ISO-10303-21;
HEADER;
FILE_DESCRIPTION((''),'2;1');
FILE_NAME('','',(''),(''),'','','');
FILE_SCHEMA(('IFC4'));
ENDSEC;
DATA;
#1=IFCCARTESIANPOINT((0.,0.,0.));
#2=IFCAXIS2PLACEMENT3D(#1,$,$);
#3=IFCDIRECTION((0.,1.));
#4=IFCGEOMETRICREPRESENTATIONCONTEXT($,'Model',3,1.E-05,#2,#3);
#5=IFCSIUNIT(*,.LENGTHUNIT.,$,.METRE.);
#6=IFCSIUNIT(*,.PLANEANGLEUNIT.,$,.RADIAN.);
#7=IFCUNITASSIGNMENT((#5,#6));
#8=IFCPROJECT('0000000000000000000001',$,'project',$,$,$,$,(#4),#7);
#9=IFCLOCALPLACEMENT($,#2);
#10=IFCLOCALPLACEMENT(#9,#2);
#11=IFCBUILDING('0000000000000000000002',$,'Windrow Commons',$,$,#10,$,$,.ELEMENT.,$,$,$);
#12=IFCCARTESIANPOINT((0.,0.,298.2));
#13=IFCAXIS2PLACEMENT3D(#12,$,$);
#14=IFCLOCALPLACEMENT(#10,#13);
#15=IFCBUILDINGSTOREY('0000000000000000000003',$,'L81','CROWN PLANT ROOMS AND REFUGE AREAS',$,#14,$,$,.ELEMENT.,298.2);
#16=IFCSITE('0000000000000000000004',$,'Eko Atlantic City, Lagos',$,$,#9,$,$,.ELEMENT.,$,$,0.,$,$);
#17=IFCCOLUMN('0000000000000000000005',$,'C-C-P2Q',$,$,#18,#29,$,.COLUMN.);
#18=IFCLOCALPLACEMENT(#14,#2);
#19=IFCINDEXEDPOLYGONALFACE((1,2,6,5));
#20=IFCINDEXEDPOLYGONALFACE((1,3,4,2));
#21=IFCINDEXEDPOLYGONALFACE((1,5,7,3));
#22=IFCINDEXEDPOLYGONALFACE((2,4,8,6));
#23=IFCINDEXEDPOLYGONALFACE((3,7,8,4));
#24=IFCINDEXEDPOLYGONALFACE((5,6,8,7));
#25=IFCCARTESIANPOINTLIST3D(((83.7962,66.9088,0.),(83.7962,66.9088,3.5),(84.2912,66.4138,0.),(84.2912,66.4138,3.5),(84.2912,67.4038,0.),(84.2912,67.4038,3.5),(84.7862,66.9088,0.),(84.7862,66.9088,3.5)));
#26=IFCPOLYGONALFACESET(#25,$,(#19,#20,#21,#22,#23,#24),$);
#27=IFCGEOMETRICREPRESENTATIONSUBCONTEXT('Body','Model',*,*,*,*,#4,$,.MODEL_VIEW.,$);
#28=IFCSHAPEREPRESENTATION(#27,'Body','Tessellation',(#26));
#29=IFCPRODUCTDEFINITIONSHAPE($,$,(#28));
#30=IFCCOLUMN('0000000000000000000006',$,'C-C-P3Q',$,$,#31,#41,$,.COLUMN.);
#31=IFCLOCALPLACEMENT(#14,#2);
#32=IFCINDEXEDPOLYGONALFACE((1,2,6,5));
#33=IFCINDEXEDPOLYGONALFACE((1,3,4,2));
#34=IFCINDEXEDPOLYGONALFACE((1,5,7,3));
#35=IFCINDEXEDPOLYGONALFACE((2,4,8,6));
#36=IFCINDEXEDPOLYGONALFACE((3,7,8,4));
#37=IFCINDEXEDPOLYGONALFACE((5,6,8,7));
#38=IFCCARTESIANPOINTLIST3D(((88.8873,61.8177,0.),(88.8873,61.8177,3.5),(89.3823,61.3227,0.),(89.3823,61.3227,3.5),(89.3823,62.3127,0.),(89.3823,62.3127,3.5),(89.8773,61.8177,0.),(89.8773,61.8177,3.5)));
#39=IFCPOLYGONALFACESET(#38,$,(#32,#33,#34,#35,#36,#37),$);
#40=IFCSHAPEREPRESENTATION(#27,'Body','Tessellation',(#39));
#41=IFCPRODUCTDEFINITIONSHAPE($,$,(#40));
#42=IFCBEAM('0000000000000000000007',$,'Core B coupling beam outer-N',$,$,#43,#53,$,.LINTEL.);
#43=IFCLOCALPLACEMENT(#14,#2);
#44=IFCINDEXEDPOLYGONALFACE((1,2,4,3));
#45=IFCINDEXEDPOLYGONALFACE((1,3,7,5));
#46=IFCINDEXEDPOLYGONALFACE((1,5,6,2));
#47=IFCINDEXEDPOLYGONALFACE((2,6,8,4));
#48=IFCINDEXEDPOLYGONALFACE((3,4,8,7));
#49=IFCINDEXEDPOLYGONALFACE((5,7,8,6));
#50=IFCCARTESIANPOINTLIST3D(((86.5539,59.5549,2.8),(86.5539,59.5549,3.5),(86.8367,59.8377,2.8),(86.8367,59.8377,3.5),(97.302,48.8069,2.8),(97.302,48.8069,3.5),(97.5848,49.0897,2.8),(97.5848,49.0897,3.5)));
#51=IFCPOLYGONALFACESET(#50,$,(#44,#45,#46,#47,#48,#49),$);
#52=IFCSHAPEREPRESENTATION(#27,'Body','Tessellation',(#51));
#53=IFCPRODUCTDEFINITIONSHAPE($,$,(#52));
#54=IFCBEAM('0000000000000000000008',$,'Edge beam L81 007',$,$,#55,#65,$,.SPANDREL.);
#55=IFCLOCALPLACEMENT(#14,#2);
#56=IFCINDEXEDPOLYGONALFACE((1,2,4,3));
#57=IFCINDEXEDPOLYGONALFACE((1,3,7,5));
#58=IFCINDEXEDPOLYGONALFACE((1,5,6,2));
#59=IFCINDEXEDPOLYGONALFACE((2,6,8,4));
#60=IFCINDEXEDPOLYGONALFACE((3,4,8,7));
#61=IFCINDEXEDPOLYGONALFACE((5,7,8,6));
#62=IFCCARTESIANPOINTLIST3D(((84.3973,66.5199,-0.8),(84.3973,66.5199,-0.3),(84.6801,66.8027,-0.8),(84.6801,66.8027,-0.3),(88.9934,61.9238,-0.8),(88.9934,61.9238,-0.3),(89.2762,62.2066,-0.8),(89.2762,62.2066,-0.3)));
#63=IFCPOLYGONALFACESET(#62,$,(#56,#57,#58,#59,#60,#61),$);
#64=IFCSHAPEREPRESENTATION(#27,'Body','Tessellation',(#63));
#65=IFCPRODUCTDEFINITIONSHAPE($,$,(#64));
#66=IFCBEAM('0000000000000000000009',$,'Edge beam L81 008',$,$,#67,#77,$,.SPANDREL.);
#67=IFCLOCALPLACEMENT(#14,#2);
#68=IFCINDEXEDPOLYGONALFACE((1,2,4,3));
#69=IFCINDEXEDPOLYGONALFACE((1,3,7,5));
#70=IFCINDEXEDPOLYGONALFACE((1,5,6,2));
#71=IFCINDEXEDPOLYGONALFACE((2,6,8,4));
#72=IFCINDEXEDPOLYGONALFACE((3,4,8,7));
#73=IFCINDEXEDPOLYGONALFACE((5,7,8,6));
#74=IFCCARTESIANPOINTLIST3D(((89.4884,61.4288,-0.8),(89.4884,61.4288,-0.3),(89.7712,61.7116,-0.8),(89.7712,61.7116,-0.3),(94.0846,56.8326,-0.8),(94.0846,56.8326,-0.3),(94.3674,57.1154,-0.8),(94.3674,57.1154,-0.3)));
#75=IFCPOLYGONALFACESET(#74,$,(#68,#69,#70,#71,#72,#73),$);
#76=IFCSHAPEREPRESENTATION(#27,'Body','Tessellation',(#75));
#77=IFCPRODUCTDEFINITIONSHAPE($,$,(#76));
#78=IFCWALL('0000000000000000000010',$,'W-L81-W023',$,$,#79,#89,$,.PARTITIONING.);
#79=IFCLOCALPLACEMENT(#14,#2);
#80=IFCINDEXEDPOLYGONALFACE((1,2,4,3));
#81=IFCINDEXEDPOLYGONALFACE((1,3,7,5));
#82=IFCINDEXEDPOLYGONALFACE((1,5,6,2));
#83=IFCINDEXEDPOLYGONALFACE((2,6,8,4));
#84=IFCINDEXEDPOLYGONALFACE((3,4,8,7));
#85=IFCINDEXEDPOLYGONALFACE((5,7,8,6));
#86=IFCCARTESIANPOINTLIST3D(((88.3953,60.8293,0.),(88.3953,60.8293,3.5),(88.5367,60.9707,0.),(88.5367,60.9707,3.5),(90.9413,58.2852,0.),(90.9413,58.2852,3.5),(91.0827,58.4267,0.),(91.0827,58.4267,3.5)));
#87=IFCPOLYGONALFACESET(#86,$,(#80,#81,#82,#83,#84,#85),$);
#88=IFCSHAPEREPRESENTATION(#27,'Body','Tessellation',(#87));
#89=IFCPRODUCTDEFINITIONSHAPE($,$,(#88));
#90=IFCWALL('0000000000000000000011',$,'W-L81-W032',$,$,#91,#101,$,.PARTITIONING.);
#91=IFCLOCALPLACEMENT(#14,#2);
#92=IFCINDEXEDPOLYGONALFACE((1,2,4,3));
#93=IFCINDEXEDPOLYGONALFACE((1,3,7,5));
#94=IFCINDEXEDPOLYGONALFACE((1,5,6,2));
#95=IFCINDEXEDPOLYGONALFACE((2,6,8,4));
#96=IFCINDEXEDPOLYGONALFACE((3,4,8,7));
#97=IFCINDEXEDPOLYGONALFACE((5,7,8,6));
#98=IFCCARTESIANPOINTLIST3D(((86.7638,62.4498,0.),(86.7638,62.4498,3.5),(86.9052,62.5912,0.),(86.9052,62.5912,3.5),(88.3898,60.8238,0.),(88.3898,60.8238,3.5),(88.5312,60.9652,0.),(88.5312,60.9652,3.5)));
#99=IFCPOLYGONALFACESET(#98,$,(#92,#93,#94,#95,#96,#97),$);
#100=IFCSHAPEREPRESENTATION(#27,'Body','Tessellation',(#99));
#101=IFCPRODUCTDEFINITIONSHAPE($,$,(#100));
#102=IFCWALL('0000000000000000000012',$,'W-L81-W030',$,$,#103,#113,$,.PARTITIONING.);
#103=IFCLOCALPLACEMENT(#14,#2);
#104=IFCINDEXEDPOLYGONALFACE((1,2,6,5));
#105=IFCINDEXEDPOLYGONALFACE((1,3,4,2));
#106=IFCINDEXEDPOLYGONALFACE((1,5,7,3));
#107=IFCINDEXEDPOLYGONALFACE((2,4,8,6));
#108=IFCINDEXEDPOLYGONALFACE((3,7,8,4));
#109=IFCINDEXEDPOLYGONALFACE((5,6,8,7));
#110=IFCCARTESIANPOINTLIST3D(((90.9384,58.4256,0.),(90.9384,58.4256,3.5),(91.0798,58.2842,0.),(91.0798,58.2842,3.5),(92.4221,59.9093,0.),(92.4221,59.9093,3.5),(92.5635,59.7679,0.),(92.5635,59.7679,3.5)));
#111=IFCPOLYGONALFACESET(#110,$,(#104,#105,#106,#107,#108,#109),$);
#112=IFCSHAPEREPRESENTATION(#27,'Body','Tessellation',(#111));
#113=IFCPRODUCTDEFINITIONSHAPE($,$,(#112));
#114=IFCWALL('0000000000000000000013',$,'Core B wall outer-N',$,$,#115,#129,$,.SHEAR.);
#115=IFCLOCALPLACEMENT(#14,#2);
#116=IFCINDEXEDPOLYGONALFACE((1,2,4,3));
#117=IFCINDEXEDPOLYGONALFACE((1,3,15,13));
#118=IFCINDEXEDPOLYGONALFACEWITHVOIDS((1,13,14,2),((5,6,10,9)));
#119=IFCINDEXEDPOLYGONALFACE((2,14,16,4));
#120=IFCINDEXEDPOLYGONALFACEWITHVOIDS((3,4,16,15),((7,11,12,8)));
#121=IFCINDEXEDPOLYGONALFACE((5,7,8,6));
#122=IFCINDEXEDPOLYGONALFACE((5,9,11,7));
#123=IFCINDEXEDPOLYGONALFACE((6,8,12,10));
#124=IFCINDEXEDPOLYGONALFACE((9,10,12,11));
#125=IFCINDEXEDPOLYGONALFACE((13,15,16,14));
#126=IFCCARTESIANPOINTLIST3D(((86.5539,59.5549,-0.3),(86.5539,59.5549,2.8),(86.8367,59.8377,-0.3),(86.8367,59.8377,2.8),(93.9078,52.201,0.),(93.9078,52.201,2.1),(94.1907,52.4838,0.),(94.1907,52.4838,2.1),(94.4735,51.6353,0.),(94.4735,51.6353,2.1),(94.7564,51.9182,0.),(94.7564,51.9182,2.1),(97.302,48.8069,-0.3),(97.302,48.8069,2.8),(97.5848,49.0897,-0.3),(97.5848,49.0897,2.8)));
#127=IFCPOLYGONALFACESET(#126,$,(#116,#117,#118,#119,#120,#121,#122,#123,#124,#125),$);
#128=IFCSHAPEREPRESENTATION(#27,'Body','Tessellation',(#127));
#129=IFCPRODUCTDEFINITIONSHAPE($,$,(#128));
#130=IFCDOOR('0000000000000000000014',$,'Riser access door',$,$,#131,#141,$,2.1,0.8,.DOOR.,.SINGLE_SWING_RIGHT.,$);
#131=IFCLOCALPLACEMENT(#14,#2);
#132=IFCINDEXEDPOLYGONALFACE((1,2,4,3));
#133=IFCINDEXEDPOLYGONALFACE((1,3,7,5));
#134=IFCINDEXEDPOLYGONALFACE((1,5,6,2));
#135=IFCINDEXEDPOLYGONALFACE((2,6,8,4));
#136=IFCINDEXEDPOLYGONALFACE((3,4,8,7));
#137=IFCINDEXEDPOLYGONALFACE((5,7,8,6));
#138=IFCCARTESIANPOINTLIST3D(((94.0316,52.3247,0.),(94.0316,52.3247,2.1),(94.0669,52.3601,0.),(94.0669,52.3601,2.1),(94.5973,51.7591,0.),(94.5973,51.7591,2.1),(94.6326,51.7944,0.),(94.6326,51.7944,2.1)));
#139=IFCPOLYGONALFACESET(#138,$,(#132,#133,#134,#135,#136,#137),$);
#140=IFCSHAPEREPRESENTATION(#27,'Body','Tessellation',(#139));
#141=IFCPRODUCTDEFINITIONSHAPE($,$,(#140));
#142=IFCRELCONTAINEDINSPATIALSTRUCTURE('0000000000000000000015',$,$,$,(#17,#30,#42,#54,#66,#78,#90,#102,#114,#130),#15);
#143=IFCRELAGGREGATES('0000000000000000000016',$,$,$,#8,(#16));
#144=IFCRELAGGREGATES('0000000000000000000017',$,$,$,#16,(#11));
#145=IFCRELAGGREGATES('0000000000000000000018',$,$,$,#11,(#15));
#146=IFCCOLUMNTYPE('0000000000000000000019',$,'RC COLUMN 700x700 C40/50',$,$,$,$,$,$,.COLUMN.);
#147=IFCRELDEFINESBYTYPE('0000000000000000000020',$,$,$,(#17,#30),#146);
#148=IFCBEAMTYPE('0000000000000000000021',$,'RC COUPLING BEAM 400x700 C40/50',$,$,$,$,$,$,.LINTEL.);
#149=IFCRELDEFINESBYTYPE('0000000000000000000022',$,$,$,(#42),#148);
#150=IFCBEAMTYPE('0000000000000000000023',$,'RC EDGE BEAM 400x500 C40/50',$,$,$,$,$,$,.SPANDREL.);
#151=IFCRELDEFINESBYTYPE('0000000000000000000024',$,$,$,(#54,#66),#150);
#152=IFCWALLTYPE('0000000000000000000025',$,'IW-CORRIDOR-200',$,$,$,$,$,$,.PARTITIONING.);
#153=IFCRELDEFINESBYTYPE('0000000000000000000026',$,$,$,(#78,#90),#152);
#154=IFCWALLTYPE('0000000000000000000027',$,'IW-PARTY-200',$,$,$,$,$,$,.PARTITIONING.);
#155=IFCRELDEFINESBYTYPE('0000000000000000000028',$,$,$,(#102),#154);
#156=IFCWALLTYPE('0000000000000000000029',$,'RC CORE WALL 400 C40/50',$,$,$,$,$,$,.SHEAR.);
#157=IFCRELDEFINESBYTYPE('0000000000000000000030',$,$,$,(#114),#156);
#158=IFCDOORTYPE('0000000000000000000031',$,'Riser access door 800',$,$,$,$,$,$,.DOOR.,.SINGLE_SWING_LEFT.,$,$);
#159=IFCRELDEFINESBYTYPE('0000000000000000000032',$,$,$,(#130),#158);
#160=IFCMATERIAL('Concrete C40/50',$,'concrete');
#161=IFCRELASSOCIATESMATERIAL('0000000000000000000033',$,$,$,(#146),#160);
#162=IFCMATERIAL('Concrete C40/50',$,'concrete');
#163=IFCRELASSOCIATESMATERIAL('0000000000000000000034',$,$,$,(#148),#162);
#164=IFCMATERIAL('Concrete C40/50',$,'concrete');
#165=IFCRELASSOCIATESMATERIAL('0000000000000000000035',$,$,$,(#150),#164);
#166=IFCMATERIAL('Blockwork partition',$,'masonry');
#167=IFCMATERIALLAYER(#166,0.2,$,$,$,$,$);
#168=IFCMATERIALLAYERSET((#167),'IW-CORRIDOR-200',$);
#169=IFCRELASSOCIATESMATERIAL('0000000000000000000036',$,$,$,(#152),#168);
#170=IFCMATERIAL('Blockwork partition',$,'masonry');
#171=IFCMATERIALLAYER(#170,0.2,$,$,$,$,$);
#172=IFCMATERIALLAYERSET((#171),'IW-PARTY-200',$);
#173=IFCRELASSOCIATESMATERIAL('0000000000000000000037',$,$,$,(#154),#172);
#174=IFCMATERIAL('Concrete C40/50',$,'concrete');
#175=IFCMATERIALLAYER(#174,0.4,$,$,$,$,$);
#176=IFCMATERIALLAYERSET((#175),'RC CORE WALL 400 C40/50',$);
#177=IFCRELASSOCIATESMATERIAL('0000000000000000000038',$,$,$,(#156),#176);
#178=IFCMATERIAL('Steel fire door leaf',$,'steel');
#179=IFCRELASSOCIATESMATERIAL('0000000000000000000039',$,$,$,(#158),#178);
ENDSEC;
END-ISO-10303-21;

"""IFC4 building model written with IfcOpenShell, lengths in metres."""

from ifc_helpers import new_model, si_unit, direction, frame, frame_2d, origin, origin_2d, place, context, subcontext, project, spatial, polyline, rectangle, outline, extrude, material, layer, layer_set, material_profile, profile_set, type_object, element, fill, save


model = new_model("IFC4")

# Units and contexts
model_context = context("Model", 3, precision=1e-05, world=origin(), true_north=direction((0.0, 1.0)))
body_context = subcontext(model_context, "Body", "Model", "MODEL_VIEW")
ifc_project = project(units=[si_unit("LENGTHUNIT", "METRE"), si_unit("PLANEANGLEUNIT", "RADIAN")], contexts=[model_context])

# Site, building, storey
site_placement = place(None, origin())
site = spatial("IfcSite", under=ifc_project, at=site_placement, Name="Eko Atlantic City, Lagos", CompositionType="ELEMENT", RefElevation=0.0)
building_placement = place(site_placement, origin())
building = spatial("IfcBuilding", under=site, at=building_placement, Name="Windrow Commons", CompositionType="ELEMENT")
storey_placement = place(building_placement, frame((0.0, 0.0, 298.2)))
storey = spatial("IfcBuildingStorey", under=building, at=storey_placement, Name="L81", Description="CROWN PLANT ROOMS AND REFUGE AREAS", CompositionType="ELEMENT", Elevation=298.2)

# Columns
ifc_material_1 = material(Name="Concrete C40/50", Category="concrete")
ifc_material_profile_1 = material_profile(ifc_material_1, rectangle(XDim=0.7, YDim=0.7, at=origin_2d()))
ifc_profile_set_1 = profile_set([ifc_material_profile_1], Name="Concrete C40/50")
column_type = type_object("IfcColumnType", Name="RC COLUMN 700x700 C40/50", PredefinedType="COLUMN", material=ifc_profile_set_1)
for number, where, z_axis, x_axis, name in (
    (1, (84.2912, 66.9088, 0.0), (0.0, 0.0, 1.0), (0.707107, -0.707107, 0.0), "C-C-P2Q"),
    (2, (89.3823, 61.8177, 0.0), (0.0, 0.0, 1.0), (0.707107, -0.707107, 0.0), "C-C-P3Q"),
):
    element("IfcColumn", number, at=place(storey_placement, frame(where, z_axis=z_axis, x_axis=x_axis)), inside=storey, type_object=column_type, Name=name, PredefinedType="COLUMN", context=body_context, shape_type="SweptSolid", body=[
        extrude(rectangle(XDim=0.7, YDim=0.7, at=origin_2d()), origin(), (0.0, 0.0, 1.0), 3.5),
    ])

# Beams
ifc_material_2 = material(Name="Concrete C40/50", Category="concrete")
ifc_material_profile_2 = material_profile(ifc_material_2, rectangle(XDim=0.4, YDim=0.7, at=origin_2d()))
ifc_profile_set_2 = profile_set([ifc_material_profile_2], Name="Concrete C40/50")
beam_type_1 = type_object("IfcBeamType", Name="RC COUPLING BEAM 400x700 C40/50", PredefinedType="LINTEL", material=ifc_profile_set_2)
beam_1_placement = place(storey_placement, frame((86.6953, 59.6963, 3.15), z_axis=(0.70711, -0.707103, 0.0), x_axis=(0.707103, 0.70711, 0.0)))
element("IfcBeam", 3, at=beam_1_placement, inside=storey, type_object=beam_type_1, Name="Core B coupling beam outer-N", PredefinedType="LINTEL", context=body_context, shape_type="SweptSolid", body=[
    extrude(rectangle(XDim=0.4, YDim=0.7, at=origin_2d()), origin(), (0.0, 0.0, 1.0), 15.2),
])
ifc_material_3 = material(Name="Concrete C40/50", Category="concrete")
ifc_material_profile_3 = material_profile(ifc_material_3, rectangle(XDim=0.4, YDim=0.5, at=origin_2d()))
ifc_profile_set_3 = profile_set([ifc_material_profile_3], Name="Concrete C40/50")
beam_type_2 = type_object("IfcBeamType", Name="RC EDGE BEAM 400x500 C40/50", PredefinedType="SPANDREL", material=ifc_profile_set_3)
beam_2_placement = place(storey_placement, frame((84.5387, 66.6613, -0.55), z_axis=(0.707107, -0.707107, 0.0), x_axis=(0.707107, 0.707107, 0.0)))
element("IfcBeam", 4, at=beam_2_placement, inside=storey, type_object=beam_type_2, Name="Edge beam L81 007", PredefinedType="SPANDREL", context=body_context, shape_type="SweptSolid", body=[
    extrude(rectangle(XDim=0.4, YDim=0.5, at=origin_2d()), origin(), (0.0, 0.0, 1.0), 6.4999),
])
beam_3_placement = place(storey_placement, frame((89.6298, 61.5702, -0.55), z_axis=(0.707107, -0.707107, 0.0), x_axis=(0.707107, 0.707107, 0.0)))
element("IfcBeam", 5, at=beam_3_placement, inside=storey, type_object=beam_type_2, Name="Edge beam L81 008", PredefinedType="SPANDREL", context=body_context, shape_type="SweptSolid", body=[
    extrude(rectangle(XDim=0.4, YDim=0.5, at=origin_2d()), origin(), (0.0, 0.0, 1.0), 6.5),
])

# Walls
ifc_material_4 = material(Name="Blockwork partition", Category="masonry")
ifc_layer_1 = layer(ifc_material_4, 0.2)
ifc_layer_set_1 = layer_set([ifc_layer_1], Name="IW-CORRIDOR-200")
wall_type_1 = type_object("IfcWallType", Name="IW-CORRIDOR-200", PredefinedType="PARTITIONING", material=ifc_layer_set_1)
wall_1_placement = place(storey_placement, frame((88.466, 60.9, 0.0), z_axis=(0.0, 0.0, 1.0), x_axis=(0.707385, -0.706829, 0.0)))
element("IfcWall", 6, at=wall_1_placement, inside=storey, type_object=wall_type_1, Name="W-L81-W023", PredefinedType="PARTITIONING", context=body_context, shape_type="SweptSolid", body=[
    extrude(rectangle(XDim=3.5992, YDim=0.2, at=frame_2d((1.7996, 0.0))), origin(), (0.0, 0.0, 1.0), 3.5),
])
wall_2_placement = place(storey_placement, frame((86.8345, 62.5205, 0.0), z_axis=(0.0, 0.0, 1.0), x_axis=(0.707107, -0.707107, 0.0)))
element("IfcWall", 7, at=wall_2_placement, inside=storey, type_object=wall_type_1, Name="W-L81-W032", PredefinedType="PARTITIONING", context=body_context, shape_type="SweptSolid", body=[
    extrude(rectangle(XDim=2.2995, YDim=0.2, at=frame_2d((1.1498, 0.0))), origin(), (0.0, 0.0, 1.0), 3.5),
])
ifc_material_5 = material(Name="Blockwork partition", Category="masonry")
ifc_layer_2 = layer(ifc_material_5, 0.2)
ifc_layer_set_2 = layer_set([ifc_layer_2], Name="IW-PARTY-200")
wall_type_2 = type_object("IfcWallType", Name="IW-PARTY-200", PredefinedType="PARTITIONING", material=ifc_layer_set_2)
wall_3_placement = place(storey_placement, frame((91.0091, 58.3549, 0.0), z_axis=(0.0, 0.0, 1.0), x_axis=(0.707107, 0.707107, 0.0)))
element("IfcWall", 8, at=wall_3_placement, inside=storey, type_object=wall_type_2, Name="W-L81-W030", PredefinedType="PARTITIONING", context=body_context, shape_type="SweptSolid", body=[
    extrude(outline(polyline([(0.0, -0.1), (2.0983, -0.1), (2.0983, 0.1), (0.0, 0.1), (0.0, -0.1)])), origin(), (0.0, 0.0, 1.0), 3.5),
])

# Wall, opening, door
ifc_material_6 = material(Name="Concrete C40/50", Category="concrete")
ifc_layer_3 = layer(ifc_material_6, 0.4)
ifc_layer_set_3 = layer_set([ifc_layer_3], Name="RC CORE WALL 400 C40/50")
wall_type_3 = type_object("IfcWallType", Name="RC CORE WALL 400 C40/50", PredefinedType="SHEAR", material=ifc_layer_set_3)
wall_4_placement = place(storey_placement, frame((86.6953, 59.6963, -0.3), z_axis=(0.0, 0.0, 1.0), x_axis=(0.70711, -0.707103, 0.0)))
wall_4 = element("IfcWall", 9, at=wall_4_placement, inside=storey, type_object=wall_type_3, Name="Core B wall outer-N", PredefinedType="SHEAR", context=body_context, shape_type="SweptSolid", body=[
    extrude(outline(polyline([(0.0, 0.0), (15.2, 0.0), (15.2, 3.1), (0.0, 3.1), (0.0, 0.0)])), frame((0.0, 0.2, 0.0), z_axis=(0.0, -1.0, 0.0), x_axis=(1.0, 0.0, 0.0)), (0.0, 0.0, 1.0), 0.4),
])
opening_1_placement = place(wall_4_placement, frame((10.4, 0.0, 0.3)))
opening_1 = element("IfcOpeningElement", 10, at=opening_1_placement, cuts=wall_4, PredefinedType="OPENING", context=body_context, shape_type="SweptSolid", body=[
    extrude(rectangle(XDim=0.8, YDim=2.1, at=frame_2d((0.4, 1.05))), frame((0.0, 0.21, 0.0), z_axis=(0.0, -1.0, 0.0), x_axis=(1.0, 0.0, 0.0)), (0.0, 0.0, 1.0), 0.42),
])
ifc_material_7 = material(Name="Steel fire door leaf", Category="steel")
door_type = type_object("IfcDoorType", Name="Riser access door 800", OperationType="SINGLE_SWING_LEFT", PredefinedType="DOOR", material=ifc_material_7)
door_placement = place(opening_1_placement, origin())
door = element("IfcDoor", 11, at=door_placement, inside=storey, type_object=door_type, Name="Riser access door", OperationType="SINGLE_SWING_RIGHT", OverallHeight=2.1, OverallWidth=0.8, PredefinedType="DOOR", context=body_context, shape_type="SweptSolid", body=[
    extrude(rectangle(XDim=0.8, YDim=2.1, at=frame_2d((0.4, 1.05))), frame((0.0, 0.025, 0.0), z_axis=(0.0, -1.0, 0.0), x_axis=(1.0, 0.0, 0.0)), (0.0, 0.0, 1.0), 0.05),
])
fill(opening_1, door)

save(model, "model.ifc")
